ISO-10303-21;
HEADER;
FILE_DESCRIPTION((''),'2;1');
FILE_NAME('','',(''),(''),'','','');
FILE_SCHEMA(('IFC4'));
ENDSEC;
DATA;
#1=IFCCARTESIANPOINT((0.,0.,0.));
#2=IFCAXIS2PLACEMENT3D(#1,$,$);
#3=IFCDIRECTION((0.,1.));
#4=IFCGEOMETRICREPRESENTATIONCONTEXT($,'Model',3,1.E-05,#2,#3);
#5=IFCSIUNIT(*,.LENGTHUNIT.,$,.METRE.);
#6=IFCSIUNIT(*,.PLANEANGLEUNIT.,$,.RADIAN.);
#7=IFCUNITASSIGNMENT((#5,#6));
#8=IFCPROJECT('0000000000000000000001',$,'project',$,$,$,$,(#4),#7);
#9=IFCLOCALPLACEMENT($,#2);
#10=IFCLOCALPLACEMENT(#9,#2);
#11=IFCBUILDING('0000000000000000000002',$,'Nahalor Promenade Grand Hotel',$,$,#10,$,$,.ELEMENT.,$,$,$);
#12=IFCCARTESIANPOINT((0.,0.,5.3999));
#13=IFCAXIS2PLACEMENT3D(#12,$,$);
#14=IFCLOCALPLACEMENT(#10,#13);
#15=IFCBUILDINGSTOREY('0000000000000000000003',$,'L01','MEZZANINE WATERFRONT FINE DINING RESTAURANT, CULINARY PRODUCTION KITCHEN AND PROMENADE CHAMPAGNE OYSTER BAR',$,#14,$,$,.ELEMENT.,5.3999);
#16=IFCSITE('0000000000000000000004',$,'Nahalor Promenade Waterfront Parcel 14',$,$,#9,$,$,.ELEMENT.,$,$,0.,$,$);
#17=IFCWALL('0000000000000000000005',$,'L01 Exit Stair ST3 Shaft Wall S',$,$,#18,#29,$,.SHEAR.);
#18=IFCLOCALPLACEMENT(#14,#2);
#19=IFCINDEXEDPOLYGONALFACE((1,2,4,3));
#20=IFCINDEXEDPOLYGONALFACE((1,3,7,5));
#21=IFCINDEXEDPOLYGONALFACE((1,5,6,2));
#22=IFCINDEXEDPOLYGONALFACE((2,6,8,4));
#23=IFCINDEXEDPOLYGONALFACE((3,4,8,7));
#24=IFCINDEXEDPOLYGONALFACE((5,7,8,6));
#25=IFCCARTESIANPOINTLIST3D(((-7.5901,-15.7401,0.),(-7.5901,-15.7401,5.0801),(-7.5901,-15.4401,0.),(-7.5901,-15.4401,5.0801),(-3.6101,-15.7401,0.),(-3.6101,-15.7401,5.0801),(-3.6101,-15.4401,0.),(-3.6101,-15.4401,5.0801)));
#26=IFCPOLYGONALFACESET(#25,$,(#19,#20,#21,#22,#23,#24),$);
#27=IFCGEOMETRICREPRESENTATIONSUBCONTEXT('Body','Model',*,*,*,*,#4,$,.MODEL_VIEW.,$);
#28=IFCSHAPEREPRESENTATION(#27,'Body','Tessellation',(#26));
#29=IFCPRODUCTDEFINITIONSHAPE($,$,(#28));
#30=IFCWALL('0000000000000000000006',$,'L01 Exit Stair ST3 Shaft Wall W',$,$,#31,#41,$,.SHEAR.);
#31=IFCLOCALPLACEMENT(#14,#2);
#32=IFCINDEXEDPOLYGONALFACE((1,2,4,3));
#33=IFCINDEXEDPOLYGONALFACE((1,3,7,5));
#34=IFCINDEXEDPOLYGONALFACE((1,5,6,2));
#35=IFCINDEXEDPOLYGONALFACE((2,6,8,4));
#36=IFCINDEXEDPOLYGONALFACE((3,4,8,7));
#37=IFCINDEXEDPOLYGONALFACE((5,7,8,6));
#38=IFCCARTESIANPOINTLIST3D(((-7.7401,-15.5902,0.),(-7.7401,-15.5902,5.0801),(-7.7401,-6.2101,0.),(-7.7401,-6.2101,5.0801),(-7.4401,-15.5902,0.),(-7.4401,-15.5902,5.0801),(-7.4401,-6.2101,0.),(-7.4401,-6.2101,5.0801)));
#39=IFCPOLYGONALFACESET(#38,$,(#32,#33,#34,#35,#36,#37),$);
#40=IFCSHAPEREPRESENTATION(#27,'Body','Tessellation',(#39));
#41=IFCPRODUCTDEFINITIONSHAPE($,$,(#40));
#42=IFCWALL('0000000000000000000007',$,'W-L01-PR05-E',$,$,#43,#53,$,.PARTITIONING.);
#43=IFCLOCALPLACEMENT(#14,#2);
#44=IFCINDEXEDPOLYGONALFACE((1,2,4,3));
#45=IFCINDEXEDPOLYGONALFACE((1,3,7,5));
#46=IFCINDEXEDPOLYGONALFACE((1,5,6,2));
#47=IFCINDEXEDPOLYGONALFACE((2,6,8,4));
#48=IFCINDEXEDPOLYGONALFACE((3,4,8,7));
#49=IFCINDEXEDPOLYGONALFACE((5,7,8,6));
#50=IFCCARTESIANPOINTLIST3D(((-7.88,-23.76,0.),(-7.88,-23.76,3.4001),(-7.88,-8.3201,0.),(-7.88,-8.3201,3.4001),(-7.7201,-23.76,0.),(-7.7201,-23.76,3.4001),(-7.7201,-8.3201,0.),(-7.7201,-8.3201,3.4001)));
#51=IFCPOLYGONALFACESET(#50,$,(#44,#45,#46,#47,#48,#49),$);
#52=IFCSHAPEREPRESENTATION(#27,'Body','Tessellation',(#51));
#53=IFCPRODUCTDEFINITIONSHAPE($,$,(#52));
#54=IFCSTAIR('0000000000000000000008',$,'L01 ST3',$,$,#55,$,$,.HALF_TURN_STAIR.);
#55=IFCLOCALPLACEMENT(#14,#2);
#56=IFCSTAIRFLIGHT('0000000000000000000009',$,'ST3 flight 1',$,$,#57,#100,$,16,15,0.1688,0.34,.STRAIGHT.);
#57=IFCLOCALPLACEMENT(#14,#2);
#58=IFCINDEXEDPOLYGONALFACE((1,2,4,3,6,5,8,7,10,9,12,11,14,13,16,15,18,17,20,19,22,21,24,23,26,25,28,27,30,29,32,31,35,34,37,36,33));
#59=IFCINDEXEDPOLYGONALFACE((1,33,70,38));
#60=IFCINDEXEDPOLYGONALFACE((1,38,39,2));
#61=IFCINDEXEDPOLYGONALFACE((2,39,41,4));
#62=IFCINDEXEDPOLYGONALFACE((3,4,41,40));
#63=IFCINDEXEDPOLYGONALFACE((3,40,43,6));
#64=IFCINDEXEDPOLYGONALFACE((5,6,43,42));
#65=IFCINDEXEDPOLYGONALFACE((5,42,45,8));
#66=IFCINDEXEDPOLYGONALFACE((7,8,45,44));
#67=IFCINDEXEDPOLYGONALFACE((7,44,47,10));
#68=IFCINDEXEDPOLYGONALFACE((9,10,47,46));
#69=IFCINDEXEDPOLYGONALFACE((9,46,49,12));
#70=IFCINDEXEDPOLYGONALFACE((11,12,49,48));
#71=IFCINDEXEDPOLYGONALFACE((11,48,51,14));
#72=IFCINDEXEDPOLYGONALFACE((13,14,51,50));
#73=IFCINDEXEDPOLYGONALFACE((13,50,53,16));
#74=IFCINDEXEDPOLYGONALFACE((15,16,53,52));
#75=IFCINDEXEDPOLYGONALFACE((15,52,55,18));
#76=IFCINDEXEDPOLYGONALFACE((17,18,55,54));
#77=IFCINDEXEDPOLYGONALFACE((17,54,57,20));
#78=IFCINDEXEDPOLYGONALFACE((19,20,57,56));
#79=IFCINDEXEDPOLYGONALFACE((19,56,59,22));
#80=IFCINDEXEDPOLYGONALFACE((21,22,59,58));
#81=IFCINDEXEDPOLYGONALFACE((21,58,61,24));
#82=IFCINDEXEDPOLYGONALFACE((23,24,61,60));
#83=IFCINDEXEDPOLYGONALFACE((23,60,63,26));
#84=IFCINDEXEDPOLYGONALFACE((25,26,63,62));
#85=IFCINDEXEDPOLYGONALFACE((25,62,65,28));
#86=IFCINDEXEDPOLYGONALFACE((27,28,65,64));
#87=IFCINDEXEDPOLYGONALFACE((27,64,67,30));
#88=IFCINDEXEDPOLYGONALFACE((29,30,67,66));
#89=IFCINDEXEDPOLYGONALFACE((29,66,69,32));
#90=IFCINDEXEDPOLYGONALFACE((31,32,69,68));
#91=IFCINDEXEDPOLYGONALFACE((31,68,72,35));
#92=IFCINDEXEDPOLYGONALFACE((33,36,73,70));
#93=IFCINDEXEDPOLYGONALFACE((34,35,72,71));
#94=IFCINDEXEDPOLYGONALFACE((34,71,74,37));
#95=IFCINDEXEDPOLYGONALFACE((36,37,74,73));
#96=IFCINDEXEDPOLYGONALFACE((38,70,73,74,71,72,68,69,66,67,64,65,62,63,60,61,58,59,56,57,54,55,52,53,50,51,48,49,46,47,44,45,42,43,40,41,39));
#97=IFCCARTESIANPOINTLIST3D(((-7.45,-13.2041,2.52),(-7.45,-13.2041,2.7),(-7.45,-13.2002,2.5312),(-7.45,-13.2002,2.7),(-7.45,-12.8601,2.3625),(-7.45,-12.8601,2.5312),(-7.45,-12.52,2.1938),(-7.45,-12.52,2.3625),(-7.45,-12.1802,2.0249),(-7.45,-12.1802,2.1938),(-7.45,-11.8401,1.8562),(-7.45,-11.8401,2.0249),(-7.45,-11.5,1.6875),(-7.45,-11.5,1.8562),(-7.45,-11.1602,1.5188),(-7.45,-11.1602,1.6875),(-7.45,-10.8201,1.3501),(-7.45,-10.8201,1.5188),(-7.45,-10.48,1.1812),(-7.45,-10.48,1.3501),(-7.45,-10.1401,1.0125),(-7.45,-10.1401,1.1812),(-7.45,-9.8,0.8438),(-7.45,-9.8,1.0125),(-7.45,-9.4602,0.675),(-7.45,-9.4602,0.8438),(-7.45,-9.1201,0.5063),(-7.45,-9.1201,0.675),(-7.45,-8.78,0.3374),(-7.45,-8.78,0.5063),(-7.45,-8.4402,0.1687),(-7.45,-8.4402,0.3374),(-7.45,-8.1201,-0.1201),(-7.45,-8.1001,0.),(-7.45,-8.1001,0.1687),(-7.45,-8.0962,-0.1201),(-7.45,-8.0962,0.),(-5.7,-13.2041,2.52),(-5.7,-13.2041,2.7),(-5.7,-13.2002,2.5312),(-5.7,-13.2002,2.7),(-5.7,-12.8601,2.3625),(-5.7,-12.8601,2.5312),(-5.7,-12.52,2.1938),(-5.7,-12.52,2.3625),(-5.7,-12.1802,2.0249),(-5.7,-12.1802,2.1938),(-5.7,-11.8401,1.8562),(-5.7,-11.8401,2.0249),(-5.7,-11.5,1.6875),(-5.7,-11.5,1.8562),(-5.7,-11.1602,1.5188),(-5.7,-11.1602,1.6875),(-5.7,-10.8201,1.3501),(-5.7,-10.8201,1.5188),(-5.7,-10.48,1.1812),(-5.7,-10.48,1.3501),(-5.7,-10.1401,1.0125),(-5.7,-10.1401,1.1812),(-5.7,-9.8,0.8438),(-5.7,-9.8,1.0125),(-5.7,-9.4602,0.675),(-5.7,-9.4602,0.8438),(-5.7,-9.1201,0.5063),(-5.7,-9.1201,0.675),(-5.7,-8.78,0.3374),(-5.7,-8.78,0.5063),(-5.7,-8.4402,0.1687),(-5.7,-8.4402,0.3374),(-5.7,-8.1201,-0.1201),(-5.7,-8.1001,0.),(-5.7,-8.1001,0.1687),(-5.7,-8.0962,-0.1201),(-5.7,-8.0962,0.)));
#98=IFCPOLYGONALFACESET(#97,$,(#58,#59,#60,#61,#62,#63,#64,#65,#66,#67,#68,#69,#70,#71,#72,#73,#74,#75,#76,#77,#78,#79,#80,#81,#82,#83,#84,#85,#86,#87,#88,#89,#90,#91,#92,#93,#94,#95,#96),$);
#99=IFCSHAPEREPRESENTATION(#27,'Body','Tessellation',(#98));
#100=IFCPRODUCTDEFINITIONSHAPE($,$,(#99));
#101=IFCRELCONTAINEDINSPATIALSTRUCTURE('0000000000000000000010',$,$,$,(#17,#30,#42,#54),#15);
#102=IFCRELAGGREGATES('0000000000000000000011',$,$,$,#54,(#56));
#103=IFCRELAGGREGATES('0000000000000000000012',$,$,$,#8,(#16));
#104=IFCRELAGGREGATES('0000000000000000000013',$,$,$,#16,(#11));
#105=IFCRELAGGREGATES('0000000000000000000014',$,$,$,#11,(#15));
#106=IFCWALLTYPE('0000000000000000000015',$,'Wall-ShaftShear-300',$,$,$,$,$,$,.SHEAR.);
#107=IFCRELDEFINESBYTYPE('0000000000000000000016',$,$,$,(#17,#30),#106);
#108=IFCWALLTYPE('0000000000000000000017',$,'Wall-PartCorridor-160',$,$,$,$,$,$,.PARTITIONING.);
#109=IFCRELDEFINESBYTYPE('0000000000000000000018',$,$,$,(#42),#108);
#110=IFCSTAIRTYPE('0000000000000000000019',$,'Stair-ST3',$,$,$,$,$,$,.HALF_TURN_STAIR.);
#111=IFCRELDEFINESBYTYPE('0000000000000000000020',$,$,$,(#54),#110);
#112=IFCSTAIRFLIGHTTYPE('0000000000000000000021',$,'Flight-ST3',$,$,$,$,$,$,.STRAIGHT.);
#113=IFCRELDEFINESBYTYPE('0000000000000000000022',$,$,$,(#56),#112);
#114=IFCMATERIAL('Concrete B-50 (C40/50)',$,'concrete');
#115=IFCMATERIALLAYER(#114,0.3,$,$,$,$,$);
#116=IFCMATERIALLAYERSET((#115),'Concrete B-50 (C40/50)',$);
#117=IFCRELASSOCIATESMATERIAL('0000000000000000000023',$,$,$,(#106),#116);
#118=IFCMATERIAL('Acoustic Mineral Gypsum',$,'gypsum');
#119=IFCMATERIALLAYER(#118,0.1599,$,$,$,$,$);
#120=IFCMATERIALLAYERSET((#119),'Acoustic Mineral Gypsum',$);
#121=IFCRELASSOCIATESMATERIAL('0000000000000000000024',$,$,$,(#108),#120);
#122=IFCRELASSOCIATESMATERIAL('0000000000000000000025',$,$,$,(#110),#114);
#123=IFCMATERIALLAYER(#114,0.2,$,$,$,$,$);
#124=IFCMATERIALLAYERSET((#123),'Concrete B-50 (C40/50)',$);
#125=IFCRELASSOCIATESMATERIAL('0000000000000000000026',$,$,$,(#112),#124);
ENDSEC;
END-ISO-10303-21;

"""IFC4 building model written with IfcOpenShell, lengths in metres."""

from ifc_helpers import new_model, si_unit, direction, frame, frame_2d, origin, place, context, subcontext, project, spatial, polyline, rectangle, outline, extrude, source, transform, mapped, material, layer, layer_set, type_object, element, aggregate, save


model = new_model("IFC4")

# Units and contexts
model_context = context("Model", 3, precision=1e-05, world=origin(), true_north=direction((0.0, 1.0)))
body_context = subcontext(model_context, "Body", "Model", "MODEL_VIEW")
ifc_project = project(units=[si_unit("LENGTHUNIT", "METRE"), si_unit("PLANEANGLEUNIT", "RADIAN")], contexts=[model_context])

# Site, building, storey
site_placement = place(None, origin())
site = spatial("IfcSite", under=ifc_project, at=site_placement, Name="Nahalor Promenade Waterfront Parcel 14", CompositionType="ELEMENT", RefElevation=0.0)
building_placement = place(site_placement, origin())
building = spatial("IfcBuilding", under=site, at=building_placement, Name="Nahalor Promenade Grand Hotel", CompositionType="ELEMENT")
storey_placement = place(building_placement, frame((0.0, 0.0, 5.3999)))
storey = spatial("IfcBuildingStorey", under=building, at=storey_placement, Name="L01", Description="MEZZANINE WATERFRONT FINE DINING RESTAURANT, CULINARY PRODUCTION KITCHEN AND PROMENADE CHAMPAGNE OYSTER BAR", CompositionType="ELEMENT", Elevation=5.3999)

# Wall
ifc_material_1 = material(Name="Concrete B-50 (C40/50)", Category="concrete")
ifc_layer_1 = layer(ifc_material_1, 0.3)
ifc_layer_set_1 = layer_set([ifc_layer_1], Name="Concrete B-50 (C40/50)")
wall_type_1 = type_object("IfcWallType", Name="Wall-ShaftShear-300", PredefinedType="SHEAR", material=ifc_layer_set_1)
shared_shape_1 = source(origin(), body_context, "Body", "SweptSolid", [
    extrude(rectangle(XDim=3.98, YDim=0.3, at=frame_2d((1.99, 0.0))), origin(), (0.0, 0.0, 1.0), 5.0801),
])
wall_1_placement = place(storey_placement, frame((-7.5901, -15.5901, 0.0), z_axis=(0.0, 0.0, 1.0), x_axis=(1.0, 0.0, 0.0)))
element("IfcWall", 1, at=wall_1_placement, inside=storey, type_object=wall_type_1, Name="L01 Exit Stair ST3 Shaft Wall S", PredefinedType="SHEAR", context=body_context, shape_type="MappedRepresentation", body=[
    mapped(shared_shape_1, transform((0.0, 0.0, 0.0), scale=1.0)),
])

# Walls
shared_shape_2 = source(origin(), body_context, "Body", "SweptSolid", [
    extrude(rectangle(XDim=9.3801, YDim=0.3, at=frame_2d((4.6899, 0.0))), origin(), (0.0, 0.0, 1.0), 5.0801),
])
wall_2_placement = place(storey_placement, frame((-7.5901, -15.5901, 0.0), z_axis=(0.0, 0.0, 1.0), x_axis=(0.0, 1.0, 0.0)))
element("IfcWall", 2, at=wall_2_placement, inside=storey, type_object=wall_type_1, Name="L01 Exit Stair ST3 Shaft Wall W", PredefinedType="SHEAR", context=body_context, shape_type="MappedRepresentation", body=[
    mapped(shared_shape_2, transform((0.0, 0.0, 0.0), scale=1.0)),
])
ifc_material_2 = material(Name="Acoustic Mineral Gypsum", Category="gypsum")
ifc_layer_2 = layer(ifc_material_2, 0.1599)
ifc_layer_set_2 = layer_set([ifc_layer_2], Name="Acoustic Mineral Gypsum")
wall_type_2 = type_object("IfcWallType", Name="Wall-PartCorridor-160", PredefinedType="PARTITIONING", material=ifc_layer_set_2)
shared_shape_3 = source(origin(), body_context, "Body", "SweptSolid", [
    extrude(rectangle(XDim=15.4399, YDim=0.1599, at=frame_2d((7.72, 0.0))), origin(), (0.0, 0.0, 1.0), 3.4001),
])
wall_3_placement = place(storey_placement, frame((-7.8, -23.76, 0.0), z_axis=(0.0, 0.0, 1.0), x_axis=(0.0, 1.0, 0.0)))
element("IfcWall", 3, at=wall_3_placement, inside=storey, type_object=wall_type_2, Name="W-L01-PR05-E", PredefinedType="PARTITIONING", context=body_context, shape_type="MappedRepresentation", body=[
    mapped(shared_shape_3, transform((0.0, 0.0, 0.0), scale=1.0)),
])

# Stair, stair flight
stair_type = type_object("IfcStairType", Name="Stair-ST3", PredefinedType="HALF_TURN_STAIR", material=ifc_material_1)
stair_placement = place(storey_placement, origin())
stair = element("IfcStair", 4, at=stair_placement, inside=storey, type_object=stair_type, Name="L01 ST3", PredefinedType="HALF_TURN_STAIR")
ifc_layer_3 = layer(ifc_material_1, 0.2)
ifc_layer_set_3 = layer_set([ifc_layer_3], Name="Concrete B-50 (C40/50)")
stair_flight_type = type_object("IfcStairFlightType", Name="Flight-ST3", PredefinedType="STRAIGHT", material=ifc_layer_set_3)
shared_shape_4 = source(origin(), body_context, "Body", "SweptSolid", [
    extrude(outline(polyline([(-0.0039, -0.1201), (-0.0039, 0.0), (0.0, 0.0), (0.0, 0.1687), (0.3401, 0.1687), (0.3401, 0.3374), (0.6799, 0.3374), (0.6799, 0.5063), (1.02, 0.5063), (1.02, 0.675), (1.3601, 0.675), (1.3601, 0.8438), (1.7, 0.8438), (1.7, 1.0125), (2.04, 1.0125), (2.04, 1.1812), (2.3799, 1.1812), (2.3799, 1.3501), (2.72, 1.3501), (2.72, 1.5188), (3.0601, 1.5188), (3.0601, 1.6875), (3.3999, 1.6875), (3.3999, 1.8562), (3.74, 1.8562), (3.74, 2.0249), (4.0801, 2.0249), (4.0801, 2.1938), (4.4199, 2.1938), (4.4199, 2.3625), (4.76, 2.3625), (4.76, 2.5312), (5.1001, 2.5312), (5.1001, 2.7), (5.104, 2.7), (5.104, 2.52), (0.02, -0.1201), (-0.0039, -0.1201)])), frame((0.0, 0.875, 0.0), z_axis=(0.0, -1.0, 0.0), x_axis=(1.0, 0.0, 0.0)), (0.0, 0.0, 1.0), 1.75),
])
stair_flight_placement = place(storey_placement, frame((-6.575, -8.1001, 0.0), z_axis=(0.0, 0.0, 1.0), x_axis=(0.0, -1.0, 0.0)))
stair_flight = element("IfcStairFlight", 5, at=stair_flight_placement, type_object=stair_flight_type, Name="ST3 flight 1", NumberOfRisers=16, NumberOfTreads=15, PredefinedType="STRAIGHT", RiserHeight=0.1688, TreadLength=0.34, context=body_context, shape_type="MappedRepresentation", body=[
    mapped(shared_shape_4, transform((0.0, 0.0, 0.0), scale=1.0)),
])
aggregate(stair, [stair_flight])

save(model, "model.ifc")
